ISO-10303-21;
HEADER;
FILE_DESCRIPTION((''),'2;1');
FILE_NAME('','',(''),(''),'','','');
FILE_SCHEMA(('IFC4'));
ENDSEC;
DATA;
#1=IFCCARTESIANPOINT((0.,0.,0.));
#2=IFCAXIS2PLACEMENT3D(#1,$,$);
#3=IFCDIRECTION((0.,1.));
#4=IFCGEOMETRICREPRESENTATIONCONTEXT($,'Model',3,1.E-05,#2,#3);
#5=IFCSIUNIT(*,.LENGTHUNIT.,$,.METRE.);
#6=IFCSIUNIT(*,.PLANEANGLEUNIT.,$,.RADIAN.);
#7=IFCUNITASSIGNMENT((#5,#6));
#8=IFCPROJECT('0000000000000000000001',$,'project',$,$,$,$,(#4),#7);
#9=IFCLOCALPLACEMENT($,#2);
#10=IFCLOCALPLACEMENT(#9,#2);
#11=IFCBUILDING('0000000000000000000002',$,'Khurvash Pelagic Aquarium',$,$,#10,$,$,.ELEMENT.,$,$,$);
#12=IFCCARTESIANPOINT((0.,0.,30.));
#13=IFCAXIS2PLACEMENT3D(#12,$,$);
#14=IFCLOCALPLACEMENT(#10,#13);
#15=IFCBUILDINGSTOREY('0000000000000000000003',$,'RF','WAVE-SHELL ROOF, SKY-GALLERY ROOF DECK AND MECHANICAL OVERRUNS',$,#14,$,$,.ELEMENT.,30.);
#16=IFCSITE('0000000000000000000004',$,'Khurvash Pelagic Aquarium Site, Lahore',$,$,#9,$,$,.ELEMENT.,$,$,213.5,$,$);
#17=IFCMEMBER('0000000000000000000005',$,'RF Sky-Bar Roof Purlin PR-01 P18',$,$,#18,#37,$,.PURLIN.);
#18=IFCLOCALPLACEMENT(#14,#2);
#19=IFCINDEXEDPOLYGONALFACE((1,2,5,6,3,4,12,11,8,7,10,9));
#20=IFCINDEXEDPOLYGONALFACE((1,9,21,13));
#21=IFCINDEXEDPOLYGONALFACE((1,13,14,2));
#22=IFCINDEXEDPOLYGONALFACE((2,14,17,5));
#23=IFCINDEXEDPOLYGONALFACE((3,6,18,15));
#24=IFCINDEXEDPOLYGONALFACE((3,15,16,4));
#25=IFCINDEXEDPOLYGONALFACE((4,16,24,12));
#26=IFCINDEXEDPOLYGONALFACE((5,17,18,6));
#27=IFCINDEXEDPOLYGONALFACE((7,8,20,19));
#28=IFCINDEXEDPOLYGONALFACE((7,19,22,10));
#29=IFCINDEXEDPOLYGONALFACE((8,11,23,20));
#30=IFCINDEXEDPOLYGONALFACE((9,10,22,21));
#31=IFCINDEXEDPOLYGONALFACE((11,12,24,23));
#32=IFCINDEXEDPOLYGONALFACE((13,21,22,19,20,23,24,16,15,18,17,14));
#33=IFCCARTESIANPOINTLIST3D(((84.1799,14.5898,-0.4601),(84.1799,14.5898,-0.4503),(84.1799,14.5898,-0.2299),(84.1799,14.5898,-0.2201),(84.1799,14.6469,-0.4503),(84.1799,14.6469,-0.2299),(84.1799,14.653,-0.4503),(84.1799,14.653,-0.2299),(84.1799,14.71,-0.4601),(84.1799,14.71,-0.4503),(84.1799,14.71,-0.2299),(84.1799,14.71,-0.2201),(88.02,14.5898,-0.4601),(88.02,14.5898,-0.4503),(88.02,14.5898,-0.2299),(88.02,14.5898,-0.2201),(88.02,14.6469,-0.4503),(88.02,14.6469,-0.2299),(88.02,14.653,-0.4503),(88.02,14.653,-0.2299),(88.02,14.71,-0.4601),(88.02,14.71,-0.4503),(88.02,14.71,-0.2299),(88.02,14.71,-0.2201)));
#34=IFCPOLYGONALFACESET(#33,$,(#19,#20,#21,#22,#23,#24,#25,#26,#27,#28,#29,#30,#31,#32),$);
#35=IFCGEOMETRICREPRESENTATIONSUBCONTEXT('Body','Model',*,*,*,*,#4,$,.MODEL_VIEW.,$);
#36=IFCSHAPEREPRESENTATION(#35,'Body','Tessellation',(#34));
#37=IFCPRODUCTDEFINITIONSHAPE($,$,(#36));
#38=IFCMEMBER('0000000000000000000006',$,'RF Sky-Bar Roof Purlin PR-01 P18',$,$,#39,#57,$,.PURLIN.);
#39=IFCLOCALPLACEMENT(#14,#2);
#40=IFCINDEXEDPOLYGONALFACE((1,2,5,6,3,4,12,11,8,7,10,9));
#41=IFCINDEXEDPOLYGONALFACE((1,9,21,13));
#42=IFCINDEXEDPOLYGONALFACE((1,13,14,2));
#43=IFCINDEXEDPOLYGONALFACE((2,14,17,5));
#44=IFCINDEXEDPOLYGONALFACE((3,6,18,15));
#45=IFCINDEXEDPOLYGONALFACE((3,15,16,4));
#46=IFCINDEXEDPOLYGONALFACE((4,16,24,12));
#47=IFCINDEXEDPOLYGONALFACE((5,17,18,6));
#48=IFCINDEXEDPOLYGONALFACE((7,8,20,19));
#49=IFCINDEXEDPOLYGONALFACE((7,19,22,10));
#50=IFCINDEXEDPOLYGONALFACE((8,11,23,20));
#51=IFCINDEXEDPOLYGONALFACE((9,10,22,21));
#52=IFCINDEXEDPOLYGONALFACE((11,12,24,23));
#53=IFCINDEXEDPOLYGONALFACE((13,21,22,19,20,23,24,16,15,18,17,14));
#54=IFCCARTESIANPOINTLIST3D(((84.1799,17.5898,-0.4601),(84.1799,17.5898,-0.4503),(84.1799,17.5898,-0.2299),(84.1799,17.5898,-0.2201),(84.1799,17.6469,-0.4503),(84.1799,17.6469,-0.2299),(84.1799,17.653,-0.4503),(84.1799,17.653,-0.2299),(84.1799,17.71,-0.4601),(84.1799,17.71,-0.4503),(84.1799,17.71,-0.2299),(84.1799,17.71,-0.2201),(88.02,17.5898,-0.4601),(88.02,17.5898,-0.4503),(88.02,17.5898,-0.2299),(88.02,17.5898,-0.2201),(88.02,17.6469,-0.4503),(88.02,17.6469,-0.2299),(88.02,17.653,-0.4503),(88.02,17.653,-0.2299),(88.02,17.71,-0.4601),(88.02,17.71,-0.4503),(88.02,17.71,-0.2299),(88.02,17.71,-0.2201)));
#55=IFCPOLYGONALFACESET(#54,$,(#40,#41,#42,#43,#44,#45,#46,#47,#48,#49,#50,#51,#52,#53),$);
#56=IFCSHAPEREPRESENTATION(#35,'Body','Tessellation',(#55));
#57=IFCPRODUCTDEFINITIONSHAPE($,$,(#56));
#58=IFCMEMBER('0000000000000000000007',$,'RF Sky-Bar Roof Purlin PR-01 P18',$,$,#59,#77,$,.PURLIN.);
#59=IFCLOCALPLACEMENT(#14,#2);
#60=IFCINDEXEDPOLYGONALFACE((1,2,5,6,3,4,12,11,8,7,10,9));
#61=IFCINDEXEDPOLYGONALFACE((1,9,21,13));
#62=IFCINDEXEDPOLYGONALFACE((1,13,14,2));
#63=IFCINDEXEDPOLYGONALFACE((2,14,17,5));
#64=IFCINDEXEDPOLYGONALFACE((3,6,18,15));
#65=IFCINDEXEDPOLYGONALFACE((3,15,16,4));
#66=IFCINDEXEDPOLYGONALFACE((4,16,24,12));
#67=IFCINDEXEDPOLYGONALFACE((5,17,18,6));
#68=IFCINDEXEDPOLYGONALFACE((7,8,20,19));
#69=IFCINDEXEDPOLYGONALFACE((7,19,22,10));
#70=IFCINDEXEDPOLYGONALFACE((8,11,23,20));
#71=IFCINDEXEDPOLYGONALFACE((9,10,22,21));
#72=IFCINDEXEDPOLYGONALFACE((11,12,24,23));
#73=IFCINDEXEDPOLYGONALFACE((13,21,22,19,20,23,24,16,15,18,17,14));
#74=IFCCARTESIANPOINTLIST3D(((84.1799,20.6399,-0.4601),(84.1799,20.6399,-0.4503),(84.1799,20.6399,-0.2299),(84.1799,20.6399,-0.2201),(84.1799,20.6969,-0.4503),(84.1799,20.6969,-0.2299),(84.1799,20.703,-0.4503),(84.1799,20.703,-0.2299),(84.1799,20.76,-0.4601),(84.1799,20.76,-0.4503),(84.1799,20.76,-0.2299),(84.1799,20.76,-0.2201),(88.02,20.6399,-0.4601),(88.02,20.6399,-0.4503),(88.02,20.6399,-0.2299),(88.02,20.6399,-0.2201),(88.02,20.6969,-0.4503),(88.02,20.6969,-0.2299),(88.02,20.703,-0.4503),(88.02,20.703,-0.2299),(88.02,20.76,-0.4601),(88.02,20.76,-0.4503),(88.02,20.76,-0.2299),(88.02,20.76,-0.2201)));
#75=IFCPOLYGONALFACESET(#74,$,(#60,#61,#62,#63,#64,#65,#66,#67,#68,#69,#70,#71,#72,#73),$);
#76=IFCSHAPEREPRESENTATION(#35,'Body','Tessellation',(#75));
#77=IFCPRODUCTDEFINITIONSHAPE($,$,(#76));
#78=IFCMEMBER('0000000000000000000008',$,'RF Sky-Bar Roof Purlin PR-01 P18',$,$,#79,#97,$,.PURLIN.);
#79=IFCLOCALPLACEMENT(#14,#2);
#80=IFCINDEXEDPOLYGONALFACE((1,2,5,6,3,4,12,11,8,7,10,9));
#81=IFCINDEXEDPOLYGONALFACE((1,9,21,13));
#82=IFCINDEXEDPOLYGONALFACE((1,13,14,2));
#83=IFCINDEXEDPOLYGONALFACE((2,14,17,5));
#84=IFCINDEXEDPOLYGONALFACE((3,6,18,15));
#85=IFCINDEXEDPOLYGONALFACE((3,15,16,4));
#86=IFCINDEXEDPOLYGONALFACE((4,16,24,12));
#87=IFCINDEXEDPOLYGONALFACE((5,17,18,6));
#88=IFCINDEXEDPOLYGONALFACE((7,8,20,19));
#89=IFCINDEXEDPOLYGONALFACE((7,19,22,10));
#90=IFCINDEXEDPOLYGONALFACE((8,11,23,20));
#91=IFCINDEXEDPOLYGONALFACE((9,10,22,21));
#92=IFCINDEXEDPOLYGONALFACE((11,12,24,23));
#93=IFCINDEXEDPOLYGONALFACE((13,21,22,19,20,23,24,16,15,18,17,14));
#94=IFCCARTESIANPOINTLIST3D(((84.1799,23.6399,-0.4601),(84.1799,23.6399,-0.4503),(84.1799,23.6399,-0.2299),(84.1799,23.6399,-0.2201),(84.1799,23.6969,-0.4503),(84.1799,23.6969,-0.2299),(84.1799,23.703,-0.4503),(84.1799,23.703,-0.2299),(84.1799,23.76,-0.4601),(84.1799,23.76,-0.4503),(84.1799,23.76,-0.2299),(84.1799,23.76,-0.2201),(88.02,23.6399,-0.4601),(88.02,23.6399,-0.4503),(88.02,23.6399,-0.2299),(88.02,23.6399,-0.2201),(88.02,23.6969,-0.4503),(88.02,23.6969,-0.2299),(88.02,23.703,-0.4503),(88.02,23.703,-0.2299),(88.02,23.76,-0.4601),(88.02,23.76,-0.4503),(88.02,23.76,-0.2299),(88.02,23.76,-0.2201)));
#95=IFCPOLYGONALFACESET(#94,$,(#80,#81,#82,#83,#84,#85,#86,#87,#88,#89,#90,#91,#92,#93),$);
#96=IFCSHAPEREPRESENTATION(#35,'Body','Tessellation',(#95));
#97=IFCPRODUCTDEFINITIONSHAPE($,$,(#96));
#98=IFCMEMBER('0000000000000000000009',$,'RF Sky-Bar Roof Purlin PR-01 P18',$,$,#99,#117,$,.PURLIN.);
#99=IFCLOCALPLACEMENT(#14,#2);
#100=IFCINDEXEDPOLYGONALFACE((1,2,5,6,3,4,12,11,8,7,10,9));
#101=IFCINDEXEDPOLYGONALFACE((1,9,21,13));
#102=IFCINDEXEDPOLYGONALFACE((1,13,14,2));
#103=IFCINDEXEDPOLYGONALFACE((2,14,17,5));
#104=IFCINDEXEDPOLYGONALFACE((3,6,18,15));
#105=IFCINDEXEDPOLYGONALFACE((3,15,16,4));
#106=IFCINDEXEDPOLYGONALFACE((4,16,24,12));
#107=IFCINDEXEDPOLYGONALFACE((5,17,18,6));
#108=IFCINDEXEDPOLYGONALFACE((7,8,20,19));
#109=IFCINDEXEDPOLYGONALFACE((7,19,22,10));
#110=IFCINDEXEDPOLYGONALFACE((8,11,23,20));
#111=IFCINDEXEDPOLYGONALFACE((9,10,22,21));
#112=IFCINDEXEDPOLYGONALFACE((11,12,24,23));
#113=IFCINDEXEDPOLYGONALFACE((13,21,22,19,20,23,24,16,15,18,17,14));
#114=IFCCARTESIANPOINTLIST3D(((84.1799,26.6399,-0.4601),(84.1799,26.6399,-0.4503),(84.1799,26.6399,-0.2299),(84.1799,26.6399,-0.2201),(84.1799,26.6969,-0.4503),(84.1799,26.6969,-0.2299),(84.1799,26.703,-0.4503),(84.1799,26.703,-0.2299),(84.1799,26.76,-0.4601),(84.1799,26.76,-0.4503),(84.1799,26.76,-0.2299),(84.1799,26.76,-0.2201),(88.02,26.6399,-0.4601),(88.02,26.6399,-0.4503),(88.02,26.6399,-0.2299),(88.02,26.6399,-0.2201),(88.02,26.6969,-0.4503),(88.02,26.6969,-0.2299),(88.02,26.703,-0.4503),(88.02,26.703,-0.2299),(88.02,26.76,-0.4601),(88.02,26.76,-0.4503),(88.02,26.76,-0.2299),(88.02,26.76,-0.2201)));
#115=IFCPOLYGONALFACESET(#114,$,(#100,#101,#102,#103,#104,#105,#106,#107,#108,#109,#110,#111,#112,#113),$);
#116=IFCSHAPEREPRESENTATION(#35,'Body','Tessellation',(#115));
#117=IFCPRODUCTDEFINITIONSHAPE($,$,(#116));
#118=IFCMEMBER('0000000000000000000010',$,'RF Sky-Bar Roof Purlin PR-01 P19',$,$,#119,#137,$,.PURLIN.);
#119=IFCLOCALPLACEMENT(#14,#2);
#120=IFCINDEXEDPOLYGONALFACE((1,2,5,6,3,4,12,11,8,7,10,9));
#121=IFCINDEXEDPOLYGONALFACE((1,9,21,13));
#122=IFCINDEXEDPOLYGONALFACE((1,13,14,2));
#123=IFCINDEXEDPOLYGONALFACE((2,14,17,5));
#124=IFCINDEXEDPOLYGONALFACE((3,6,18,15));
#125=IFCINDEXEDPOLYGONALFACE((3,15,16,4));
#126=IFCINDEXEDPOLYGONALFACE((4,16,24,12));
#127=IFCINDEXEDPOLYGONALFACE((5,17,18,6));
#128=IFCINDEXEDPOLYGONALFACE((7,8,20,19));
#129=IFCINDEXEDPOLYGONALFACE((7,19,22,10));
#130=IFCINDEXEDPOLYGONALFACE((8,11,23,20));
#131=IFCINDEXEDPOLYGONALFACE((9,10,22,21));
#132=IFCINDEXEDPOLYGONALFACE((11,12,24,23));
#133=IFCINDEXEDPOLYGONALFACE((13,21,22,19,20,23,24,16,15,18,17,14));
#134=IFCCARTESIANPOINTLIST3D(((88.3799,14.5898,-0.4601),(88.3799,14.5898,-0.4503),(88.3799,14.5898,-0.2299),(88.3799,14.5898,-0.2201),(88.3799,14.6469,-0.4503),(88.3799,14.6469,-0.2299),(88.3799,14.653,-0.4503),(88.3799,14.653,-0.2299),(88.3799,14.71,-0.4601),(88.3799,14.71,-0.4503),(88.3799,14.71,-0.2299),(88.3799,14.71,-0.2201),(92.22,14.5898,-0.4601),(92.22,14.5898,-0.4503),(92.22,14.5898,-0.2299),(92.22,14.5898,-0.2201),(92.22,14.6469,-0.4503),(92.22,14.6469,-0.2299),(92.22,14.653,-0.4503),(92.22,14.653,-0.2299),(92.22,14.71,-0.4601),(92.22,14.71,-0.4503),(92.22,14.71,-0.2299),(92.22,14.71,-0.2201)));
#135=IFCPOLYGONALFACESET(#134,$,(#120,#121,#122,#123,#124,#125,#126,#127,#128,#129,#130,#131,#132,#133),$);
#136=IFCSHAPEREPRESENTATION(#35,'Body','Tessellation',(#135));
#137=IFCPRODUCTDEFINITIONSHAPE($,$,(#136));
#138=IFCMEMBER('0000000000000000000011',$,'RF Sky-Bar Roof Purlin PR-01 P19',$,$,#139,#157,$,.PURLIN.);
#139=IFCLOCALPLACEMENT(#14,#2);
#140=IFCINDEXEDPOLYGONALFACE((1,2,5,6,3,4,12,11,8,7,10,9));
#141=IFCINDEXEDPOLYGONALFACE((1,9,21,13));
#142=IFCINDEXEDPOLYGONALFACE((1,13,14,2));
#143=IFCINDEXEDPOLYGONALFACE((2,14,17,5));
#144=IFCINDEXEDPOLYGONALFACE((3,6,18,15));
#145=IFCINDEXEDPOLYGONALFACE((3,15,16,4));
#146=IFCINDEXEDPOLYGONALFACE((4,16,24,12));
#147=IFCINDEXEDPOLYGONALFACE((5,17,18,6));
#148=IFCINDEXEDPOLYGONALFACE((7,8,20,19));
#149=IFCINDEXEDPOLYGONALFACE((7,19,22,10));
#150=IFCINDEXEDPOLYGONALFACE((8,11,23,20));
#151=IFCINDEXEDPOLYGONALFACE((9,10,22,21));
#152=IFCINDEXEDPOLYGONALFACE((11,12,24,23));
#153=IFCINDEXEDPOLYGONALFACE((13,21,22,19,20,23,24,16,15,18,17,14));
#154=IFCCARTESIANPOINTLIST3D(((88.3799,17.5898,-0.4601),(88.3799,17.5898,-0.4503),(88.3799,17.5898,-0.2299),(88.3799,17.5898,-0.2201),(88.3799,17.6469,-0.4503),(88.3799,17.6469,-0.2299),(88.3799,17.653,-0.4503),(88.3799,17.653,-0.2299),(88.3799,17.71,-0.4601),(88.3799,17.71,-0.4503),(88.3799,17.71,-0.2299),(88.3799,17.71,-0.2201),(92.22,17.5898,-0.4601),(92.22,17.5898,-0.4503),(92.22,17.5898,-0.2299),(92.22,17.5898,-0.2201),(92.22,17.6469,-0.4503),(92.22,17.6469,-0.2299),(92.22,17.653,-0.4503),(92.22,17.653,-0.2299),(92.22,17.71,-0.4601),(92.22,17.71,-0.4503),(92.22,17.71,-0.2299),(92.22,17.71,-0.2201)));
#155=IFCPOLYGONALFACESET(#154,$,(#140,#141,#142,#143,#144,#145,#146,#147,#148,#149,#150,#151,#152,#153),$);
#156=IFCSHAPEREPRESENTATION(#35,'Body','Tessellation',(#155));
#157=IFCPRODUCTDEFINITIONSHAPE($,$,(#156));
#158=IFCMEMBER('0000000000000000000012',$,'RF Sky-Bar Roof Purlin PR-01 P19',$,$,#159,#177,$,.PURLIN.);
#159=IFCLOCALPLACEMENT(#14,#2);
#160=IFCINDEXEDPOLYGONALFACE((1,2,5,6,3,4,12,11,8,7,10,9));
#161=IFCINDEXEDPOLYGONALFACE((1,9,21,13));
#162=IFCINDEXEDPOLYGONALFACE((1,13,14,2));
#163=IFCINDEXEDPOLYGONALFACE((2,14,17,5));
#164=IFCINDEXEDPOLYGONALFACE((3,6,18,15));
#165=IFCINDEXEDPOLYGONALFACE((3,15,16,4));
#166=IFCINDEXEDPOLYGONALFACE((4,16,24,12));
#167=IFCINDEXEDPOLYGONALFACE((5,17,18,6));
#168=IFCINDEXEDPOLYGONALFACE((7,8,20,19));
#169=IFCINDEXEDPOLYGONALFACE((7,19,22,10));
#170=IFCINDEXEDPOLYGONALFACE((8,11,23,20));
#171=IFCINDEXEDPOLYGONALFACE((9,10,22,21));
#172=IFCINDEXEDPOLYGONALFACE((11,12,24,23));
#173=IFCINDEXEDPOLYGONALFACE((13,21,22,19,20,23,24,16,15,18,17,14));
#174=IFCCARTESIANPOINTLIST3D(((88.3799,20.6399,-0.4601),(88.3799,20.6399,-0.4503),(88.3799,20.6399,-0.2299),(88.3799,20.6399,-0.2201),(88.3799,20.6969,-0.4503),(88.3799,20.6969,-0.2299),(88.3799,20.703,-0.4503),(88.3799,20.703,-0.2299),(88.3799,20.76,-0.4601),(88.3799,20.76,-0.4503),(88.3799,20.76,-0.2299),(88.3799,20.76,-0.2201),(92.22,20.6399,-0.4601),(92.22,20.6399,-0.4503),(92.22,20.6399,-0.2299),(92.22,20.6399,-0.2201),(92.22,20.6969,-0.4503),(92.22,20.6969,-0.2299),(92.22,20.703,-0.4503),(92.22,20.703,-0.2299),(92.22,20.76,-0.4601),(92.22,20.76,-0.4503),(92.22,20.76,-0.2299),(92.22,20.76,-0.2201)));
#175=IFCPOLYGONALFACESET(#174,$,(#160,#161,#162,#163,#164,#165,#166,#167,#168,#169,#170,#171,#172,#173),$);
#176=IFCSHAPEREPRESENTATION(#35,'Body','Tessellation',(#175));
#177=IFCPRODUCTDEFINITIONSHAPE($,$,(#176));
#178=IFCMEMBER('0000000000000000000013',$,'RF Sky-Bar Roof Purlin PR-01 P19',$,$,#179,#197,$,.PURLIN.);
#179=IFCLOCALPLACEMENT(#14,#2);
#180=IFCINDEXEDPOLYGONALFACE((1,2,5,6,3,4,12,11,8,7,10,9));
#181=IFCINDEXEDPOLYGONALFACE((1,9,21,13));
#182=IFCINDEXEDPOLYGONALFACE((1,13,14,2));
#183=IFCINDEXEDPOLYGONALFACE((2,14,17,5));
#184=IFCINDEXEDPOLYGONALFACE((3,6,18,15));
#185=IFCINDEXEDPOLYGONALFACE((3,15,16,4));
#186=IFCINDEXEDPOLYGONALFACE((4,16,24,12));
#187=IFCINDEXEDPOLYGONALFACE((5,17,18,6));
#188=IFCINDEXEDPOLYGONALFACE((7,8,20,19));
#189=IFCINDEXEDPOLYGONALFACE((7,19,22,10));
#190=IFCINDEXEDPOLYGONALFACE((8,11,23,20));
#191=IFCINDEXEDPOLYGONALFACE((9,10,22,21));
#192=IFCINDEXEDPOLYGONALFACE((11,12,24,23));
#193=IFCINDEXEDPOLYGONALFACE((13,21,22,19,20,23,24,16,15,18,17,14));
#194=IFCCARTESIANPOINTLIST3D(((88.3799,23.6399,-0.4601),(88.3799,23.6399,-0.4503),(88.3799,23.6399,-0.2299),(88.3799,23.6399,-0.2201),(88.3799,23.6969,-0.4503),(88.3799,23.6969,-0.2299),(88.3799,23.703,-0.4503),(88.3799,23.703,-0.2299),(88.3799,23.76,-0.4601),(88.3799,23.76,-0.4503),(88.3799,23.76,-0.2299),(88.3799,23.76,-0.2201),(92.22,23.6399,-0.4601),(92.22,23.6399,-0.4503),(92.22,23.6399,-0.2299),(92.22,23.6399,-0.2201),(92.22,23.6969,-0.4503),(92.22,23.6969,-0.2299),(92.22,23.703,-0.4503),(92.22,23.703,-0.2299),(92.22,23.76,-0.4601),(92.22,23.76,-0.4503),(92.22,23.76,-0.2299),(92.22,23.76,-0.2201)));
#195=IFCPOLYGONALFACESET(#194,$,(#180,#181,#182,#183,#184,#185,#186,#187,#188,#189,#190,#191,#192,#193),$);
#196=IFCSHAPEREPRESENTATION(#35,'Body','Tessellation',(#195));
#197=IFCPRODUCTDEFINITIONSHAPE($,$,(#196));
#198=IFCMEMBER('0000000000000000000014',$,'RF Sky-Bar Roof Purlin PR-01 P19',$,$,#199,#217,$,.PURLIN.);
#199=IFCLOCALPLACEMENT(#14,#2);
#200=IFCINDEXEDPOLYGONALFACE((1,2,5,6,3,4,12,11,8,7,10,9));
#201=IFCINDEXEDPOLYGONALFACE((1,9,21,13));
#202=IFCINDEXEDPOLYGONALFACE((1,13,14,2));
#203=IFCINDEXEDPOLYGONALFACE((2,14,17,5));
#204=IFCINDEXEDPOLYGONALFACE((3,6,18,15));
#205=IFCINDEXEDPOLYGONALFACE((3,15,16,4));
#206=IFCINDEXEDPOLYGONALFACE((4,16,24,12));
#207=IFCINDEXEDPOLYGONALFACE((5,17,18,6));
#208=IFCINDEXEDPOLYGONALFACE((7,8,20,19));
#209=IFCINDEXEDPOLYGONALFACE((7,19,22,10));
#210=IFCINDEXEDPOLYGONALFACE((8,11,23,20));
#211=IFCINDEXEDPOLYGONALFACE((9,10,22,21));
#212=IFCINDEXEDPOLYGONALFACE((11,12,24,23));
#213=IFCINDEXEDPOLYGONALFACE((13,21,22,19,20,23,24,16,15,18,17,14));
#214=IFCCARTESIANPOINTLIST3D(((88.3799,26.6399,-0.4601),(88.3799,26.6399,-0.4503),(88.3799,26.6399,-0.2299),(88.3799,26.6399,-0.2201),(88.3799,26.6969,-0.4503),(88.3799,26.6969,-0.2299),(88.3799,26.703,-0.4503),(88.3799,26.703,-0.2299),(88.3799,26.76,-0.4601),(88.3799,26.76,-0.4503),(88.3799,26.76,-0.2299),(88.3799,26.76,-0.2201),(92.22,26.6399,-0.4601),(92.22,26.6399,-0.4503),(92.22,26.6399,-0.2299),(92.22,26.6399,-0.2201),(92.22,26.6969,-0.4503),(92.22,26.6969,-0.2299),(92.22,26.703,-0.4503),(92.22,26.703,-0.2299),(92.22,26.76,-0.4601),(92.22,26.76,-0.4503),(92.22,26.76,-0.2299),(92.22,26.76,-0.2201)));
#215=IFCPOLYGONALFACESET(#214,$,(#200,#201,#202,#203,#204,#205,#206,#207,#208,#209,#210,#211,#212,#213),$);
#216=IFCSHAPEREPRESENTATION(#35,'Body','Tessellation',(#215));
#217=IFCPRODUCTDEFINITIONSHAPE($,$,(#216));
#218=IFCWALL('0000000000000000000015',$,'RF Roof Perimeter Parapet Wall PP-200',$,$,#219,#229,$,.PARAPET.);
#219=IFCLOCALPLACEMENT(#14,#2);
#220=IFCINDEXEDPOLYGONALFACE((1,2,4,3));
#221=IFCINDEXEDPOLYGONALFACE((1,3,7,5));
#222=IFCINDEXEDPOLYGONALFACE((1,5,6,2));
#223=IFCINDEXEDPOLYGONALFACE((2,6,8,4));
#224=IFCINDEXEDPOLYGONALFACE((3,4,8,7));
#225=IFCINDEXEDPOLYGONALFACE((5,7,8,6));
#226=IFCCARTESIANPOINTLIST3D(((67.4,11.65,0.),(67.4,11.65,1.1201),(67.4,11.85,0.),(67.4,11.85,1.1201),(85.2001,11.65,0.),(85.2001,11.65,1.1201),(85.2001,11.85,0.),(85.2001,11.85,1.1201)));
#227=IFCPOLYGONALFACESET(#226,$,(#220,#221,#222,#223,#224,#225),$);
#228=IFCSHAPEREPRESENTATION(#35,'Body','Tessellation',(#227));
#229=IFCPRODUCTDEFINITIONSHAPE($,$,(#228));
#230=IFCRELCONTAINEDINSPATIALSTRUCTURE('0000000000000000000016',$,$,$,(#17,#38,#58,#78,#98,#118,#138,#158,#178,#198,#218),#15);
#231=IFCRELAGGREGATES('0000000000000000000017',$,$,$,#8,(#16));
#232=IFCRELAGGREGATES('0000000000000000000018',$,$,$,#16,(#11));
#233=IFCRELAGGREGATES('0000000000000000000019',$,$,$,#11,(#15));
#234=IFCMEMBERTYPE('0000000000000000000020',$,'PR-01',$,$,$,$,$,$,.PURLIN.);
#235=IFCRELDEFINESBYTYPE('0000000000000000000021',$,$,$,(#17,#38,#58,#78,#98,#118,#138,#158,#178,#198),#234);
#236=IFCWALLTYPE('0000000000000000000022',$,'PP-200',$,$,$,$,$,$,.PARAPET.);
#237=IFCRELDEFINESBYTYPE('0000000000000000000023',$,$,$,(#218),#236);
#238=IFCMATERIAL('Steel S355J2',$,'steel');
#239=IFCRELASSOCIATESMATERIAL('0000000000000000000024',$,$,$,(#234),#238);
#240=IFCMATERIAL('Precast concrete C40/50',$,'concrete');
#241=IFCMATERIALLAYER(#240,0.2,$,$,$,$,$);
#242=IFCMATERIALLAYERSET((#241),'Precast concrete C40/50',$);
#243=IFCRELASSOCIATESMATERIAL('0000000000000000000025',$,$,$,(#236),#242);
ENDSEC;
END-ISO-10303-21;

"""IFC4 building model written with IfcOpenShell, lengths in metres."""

from ifc_helpers import new_model, si_unit, direction, frame, frame_2d, origin, origin_2d, place, context, subcontext, project, spatial, rectangle, i_section, extrude, material, layer, layer_set, material_profile, profile_set, type_object, element, save


model = new_model("IFC4")

# Units and contexts
model_context = context("Model", 3, precision=1e-05, world=origin(), true_north=direction((0.0, 1.0)))
body_context = subcontext(model_context, "Body", "Model", "MODEL_VIEW")
ifc_project = project(units=[si_unit("LENGTHUNIT", "METRE"), si_unit("PLANEANGLEUNIT", "RADIAN")], contexts=[model_context])

# Site, building, storey
site_placement = place(None, origin())
site = spatial("IfcSite", under=ifc_project, at=site_placement, Name="Khurvash Pelagic Aquarium Site, Lahore", CompositionType="ELEMENT", RefElevation=213.5)
building_placement = place(site_placement, origin())
building = spatial("IfcBuilding", under=site, at=building_placement, Name="Khurvash Pelagic Aquarium", CompositionType="ELEMENT")
storey_placement = place(building_placement, frame((0.0, 0.0, 30.0)))
storey = spatial("IfcBuildingStorey", under=building, at=storey_placement, Name="RF", Description="WAVE-SHELL ROOF, SKY-GALLERY ROOF DECK AND MECHANICAL OVERRUNS", CompositionType="ELEMENT", Elevation=30.0)

# Members
ifc_material_1 = material(Name="Steel S355J2", Category="steel")
ifc_material_profile_1 = material_profile(ifc_material_1, i_section(OverallWidth=0.1201, OverallDepth=0.24, WebThickness=0.0061, FlangeThickness=0.0098, at=origin_2d()), Name="IPE240")
ifc_profile_set_1 = profile_set([ifc_material_profile_1], Name="Steel S355J2")
member_type = type_object("IfcMemberType", Name="PR-01", PredefinedType="PURLIN", material=ifc_profile_set_1)
for number, where, z_axis, x_axis, name in (
    (1, (84.1799, 14.6499, -0.3401), (1.0, 0.0, 0.0), (0.0, 1.0, 0.0), "RF Sky-Bar Roof Purlin PR-01 P18"),
    (2, (84.1799, 17.6499, -0.3401), (1.0, 0.0, 0.0), (0.0, 1.0, 0.0), "RF Sky-Bar Roof Purlin PR-01 P18"),
    (3, (84.1799, 20.7, -0.3401), (1.0, 0.0, 0.0), (0.0, 1.0, 0.0), "RF Sky-Bar Roof Purlin PR-01 P18"),
    (4, (84.1799, 23.7, -0.3401), (1.0, 0.0, 0.0), (0.0, 1.0, 0.0), "RF Sky-Bar Roof Purlin PR-01 P18"),
    (5, (84.1799, 26.7, -0.3401), (1.0, 0.0, 0.0), (0.0, 1.0, 0.0), "RF Sky-Bar Roof Purlin PR-01 P18"),
    (6, (88.3799, 14.6499, -0.3401), (1.0, 0.0, 0.0), (0.0, 1.0, 0.0), "RF Sky-Bar Roof Purlin PR-01 P19"),
    (7, (88.3799, 17.6499, -0.3401), (1.0, 0.0, 0.0), (0.0, 1.0, 0.0), "RF Sky-Bar Roof Purlin PR-01 P19"),
    (8, (88.3799, 20.7, -0.3401), (1.0, 0.0, 0.0), (0.0, 1.0, 0.0), "RF Sky-Bar Roof Purlin PR-01 P19"),
    (9, (88.3799, 23.7, -0.3401), (1.0, 0.0, 0.0), (0.0, 1.0, 0.0), "RF Sky-Bar Roof Purlin PR-01 P19"),
    (10, (88.3799, 26.7, -0.3401), (1.0, 0.0, 0.0), (0.0, 1.0, 0.0), "RF Sky-Bar Roof Purlin PR-01 P19"),
):
    element("IfcMember", number, at=place(storey_placement, frame(where, z_axis=z_axis, x_axis=x_axis)), inside=storey, type_object=member_type, Name=name, PredefinedType="PURLIN", context=body_context, shape_type="SweptSolid", body=[
        extrude(i_section(OverallWidth=0.1201, OverallDepth=0.24, WebThickness=0.0061, FlangeThickness=0.0098, at=origin_2d()), origin(), (0.0, 0.0, 1.0), 3.8401),
    ])

# Wall
ifc_material_2 = material(Name="Precast concrete C40/50", Category="concrete")
ifc_layer = layer(ifc_material_2, 0.2)
ifc_layer_set = layer_set([ifc_layer], Name="Precast concrete C40/50")
wall_type = type_object("IfcWallType", Name="PP-200", PredefinedType="PARAPET", material=ifc_layer_set)
wall_1_placement = place(storey_placement, frame((85.2, 11.75, 0.0), z_axis=(0.0, 0.0, 1.0), x_axis=(-1.0, 0.0, 0.0)))
element("IfcWall", 11, at=wall_1_placement, inside=storey, type_object=wall_type, Name="RF Roof Perimeter Parapet Wall PP-200", PredefinedType="PARAPET", context=body_context, shape_type="SweptSolid", body=[
    extrude(rectangle(XDim=17.8, YDim=0.2, at=frame_2d((8.8999, 0.0))), origin(), (0.0, 0.0, 1.0), 1.1201),
])

save(model, "model.ifc")
